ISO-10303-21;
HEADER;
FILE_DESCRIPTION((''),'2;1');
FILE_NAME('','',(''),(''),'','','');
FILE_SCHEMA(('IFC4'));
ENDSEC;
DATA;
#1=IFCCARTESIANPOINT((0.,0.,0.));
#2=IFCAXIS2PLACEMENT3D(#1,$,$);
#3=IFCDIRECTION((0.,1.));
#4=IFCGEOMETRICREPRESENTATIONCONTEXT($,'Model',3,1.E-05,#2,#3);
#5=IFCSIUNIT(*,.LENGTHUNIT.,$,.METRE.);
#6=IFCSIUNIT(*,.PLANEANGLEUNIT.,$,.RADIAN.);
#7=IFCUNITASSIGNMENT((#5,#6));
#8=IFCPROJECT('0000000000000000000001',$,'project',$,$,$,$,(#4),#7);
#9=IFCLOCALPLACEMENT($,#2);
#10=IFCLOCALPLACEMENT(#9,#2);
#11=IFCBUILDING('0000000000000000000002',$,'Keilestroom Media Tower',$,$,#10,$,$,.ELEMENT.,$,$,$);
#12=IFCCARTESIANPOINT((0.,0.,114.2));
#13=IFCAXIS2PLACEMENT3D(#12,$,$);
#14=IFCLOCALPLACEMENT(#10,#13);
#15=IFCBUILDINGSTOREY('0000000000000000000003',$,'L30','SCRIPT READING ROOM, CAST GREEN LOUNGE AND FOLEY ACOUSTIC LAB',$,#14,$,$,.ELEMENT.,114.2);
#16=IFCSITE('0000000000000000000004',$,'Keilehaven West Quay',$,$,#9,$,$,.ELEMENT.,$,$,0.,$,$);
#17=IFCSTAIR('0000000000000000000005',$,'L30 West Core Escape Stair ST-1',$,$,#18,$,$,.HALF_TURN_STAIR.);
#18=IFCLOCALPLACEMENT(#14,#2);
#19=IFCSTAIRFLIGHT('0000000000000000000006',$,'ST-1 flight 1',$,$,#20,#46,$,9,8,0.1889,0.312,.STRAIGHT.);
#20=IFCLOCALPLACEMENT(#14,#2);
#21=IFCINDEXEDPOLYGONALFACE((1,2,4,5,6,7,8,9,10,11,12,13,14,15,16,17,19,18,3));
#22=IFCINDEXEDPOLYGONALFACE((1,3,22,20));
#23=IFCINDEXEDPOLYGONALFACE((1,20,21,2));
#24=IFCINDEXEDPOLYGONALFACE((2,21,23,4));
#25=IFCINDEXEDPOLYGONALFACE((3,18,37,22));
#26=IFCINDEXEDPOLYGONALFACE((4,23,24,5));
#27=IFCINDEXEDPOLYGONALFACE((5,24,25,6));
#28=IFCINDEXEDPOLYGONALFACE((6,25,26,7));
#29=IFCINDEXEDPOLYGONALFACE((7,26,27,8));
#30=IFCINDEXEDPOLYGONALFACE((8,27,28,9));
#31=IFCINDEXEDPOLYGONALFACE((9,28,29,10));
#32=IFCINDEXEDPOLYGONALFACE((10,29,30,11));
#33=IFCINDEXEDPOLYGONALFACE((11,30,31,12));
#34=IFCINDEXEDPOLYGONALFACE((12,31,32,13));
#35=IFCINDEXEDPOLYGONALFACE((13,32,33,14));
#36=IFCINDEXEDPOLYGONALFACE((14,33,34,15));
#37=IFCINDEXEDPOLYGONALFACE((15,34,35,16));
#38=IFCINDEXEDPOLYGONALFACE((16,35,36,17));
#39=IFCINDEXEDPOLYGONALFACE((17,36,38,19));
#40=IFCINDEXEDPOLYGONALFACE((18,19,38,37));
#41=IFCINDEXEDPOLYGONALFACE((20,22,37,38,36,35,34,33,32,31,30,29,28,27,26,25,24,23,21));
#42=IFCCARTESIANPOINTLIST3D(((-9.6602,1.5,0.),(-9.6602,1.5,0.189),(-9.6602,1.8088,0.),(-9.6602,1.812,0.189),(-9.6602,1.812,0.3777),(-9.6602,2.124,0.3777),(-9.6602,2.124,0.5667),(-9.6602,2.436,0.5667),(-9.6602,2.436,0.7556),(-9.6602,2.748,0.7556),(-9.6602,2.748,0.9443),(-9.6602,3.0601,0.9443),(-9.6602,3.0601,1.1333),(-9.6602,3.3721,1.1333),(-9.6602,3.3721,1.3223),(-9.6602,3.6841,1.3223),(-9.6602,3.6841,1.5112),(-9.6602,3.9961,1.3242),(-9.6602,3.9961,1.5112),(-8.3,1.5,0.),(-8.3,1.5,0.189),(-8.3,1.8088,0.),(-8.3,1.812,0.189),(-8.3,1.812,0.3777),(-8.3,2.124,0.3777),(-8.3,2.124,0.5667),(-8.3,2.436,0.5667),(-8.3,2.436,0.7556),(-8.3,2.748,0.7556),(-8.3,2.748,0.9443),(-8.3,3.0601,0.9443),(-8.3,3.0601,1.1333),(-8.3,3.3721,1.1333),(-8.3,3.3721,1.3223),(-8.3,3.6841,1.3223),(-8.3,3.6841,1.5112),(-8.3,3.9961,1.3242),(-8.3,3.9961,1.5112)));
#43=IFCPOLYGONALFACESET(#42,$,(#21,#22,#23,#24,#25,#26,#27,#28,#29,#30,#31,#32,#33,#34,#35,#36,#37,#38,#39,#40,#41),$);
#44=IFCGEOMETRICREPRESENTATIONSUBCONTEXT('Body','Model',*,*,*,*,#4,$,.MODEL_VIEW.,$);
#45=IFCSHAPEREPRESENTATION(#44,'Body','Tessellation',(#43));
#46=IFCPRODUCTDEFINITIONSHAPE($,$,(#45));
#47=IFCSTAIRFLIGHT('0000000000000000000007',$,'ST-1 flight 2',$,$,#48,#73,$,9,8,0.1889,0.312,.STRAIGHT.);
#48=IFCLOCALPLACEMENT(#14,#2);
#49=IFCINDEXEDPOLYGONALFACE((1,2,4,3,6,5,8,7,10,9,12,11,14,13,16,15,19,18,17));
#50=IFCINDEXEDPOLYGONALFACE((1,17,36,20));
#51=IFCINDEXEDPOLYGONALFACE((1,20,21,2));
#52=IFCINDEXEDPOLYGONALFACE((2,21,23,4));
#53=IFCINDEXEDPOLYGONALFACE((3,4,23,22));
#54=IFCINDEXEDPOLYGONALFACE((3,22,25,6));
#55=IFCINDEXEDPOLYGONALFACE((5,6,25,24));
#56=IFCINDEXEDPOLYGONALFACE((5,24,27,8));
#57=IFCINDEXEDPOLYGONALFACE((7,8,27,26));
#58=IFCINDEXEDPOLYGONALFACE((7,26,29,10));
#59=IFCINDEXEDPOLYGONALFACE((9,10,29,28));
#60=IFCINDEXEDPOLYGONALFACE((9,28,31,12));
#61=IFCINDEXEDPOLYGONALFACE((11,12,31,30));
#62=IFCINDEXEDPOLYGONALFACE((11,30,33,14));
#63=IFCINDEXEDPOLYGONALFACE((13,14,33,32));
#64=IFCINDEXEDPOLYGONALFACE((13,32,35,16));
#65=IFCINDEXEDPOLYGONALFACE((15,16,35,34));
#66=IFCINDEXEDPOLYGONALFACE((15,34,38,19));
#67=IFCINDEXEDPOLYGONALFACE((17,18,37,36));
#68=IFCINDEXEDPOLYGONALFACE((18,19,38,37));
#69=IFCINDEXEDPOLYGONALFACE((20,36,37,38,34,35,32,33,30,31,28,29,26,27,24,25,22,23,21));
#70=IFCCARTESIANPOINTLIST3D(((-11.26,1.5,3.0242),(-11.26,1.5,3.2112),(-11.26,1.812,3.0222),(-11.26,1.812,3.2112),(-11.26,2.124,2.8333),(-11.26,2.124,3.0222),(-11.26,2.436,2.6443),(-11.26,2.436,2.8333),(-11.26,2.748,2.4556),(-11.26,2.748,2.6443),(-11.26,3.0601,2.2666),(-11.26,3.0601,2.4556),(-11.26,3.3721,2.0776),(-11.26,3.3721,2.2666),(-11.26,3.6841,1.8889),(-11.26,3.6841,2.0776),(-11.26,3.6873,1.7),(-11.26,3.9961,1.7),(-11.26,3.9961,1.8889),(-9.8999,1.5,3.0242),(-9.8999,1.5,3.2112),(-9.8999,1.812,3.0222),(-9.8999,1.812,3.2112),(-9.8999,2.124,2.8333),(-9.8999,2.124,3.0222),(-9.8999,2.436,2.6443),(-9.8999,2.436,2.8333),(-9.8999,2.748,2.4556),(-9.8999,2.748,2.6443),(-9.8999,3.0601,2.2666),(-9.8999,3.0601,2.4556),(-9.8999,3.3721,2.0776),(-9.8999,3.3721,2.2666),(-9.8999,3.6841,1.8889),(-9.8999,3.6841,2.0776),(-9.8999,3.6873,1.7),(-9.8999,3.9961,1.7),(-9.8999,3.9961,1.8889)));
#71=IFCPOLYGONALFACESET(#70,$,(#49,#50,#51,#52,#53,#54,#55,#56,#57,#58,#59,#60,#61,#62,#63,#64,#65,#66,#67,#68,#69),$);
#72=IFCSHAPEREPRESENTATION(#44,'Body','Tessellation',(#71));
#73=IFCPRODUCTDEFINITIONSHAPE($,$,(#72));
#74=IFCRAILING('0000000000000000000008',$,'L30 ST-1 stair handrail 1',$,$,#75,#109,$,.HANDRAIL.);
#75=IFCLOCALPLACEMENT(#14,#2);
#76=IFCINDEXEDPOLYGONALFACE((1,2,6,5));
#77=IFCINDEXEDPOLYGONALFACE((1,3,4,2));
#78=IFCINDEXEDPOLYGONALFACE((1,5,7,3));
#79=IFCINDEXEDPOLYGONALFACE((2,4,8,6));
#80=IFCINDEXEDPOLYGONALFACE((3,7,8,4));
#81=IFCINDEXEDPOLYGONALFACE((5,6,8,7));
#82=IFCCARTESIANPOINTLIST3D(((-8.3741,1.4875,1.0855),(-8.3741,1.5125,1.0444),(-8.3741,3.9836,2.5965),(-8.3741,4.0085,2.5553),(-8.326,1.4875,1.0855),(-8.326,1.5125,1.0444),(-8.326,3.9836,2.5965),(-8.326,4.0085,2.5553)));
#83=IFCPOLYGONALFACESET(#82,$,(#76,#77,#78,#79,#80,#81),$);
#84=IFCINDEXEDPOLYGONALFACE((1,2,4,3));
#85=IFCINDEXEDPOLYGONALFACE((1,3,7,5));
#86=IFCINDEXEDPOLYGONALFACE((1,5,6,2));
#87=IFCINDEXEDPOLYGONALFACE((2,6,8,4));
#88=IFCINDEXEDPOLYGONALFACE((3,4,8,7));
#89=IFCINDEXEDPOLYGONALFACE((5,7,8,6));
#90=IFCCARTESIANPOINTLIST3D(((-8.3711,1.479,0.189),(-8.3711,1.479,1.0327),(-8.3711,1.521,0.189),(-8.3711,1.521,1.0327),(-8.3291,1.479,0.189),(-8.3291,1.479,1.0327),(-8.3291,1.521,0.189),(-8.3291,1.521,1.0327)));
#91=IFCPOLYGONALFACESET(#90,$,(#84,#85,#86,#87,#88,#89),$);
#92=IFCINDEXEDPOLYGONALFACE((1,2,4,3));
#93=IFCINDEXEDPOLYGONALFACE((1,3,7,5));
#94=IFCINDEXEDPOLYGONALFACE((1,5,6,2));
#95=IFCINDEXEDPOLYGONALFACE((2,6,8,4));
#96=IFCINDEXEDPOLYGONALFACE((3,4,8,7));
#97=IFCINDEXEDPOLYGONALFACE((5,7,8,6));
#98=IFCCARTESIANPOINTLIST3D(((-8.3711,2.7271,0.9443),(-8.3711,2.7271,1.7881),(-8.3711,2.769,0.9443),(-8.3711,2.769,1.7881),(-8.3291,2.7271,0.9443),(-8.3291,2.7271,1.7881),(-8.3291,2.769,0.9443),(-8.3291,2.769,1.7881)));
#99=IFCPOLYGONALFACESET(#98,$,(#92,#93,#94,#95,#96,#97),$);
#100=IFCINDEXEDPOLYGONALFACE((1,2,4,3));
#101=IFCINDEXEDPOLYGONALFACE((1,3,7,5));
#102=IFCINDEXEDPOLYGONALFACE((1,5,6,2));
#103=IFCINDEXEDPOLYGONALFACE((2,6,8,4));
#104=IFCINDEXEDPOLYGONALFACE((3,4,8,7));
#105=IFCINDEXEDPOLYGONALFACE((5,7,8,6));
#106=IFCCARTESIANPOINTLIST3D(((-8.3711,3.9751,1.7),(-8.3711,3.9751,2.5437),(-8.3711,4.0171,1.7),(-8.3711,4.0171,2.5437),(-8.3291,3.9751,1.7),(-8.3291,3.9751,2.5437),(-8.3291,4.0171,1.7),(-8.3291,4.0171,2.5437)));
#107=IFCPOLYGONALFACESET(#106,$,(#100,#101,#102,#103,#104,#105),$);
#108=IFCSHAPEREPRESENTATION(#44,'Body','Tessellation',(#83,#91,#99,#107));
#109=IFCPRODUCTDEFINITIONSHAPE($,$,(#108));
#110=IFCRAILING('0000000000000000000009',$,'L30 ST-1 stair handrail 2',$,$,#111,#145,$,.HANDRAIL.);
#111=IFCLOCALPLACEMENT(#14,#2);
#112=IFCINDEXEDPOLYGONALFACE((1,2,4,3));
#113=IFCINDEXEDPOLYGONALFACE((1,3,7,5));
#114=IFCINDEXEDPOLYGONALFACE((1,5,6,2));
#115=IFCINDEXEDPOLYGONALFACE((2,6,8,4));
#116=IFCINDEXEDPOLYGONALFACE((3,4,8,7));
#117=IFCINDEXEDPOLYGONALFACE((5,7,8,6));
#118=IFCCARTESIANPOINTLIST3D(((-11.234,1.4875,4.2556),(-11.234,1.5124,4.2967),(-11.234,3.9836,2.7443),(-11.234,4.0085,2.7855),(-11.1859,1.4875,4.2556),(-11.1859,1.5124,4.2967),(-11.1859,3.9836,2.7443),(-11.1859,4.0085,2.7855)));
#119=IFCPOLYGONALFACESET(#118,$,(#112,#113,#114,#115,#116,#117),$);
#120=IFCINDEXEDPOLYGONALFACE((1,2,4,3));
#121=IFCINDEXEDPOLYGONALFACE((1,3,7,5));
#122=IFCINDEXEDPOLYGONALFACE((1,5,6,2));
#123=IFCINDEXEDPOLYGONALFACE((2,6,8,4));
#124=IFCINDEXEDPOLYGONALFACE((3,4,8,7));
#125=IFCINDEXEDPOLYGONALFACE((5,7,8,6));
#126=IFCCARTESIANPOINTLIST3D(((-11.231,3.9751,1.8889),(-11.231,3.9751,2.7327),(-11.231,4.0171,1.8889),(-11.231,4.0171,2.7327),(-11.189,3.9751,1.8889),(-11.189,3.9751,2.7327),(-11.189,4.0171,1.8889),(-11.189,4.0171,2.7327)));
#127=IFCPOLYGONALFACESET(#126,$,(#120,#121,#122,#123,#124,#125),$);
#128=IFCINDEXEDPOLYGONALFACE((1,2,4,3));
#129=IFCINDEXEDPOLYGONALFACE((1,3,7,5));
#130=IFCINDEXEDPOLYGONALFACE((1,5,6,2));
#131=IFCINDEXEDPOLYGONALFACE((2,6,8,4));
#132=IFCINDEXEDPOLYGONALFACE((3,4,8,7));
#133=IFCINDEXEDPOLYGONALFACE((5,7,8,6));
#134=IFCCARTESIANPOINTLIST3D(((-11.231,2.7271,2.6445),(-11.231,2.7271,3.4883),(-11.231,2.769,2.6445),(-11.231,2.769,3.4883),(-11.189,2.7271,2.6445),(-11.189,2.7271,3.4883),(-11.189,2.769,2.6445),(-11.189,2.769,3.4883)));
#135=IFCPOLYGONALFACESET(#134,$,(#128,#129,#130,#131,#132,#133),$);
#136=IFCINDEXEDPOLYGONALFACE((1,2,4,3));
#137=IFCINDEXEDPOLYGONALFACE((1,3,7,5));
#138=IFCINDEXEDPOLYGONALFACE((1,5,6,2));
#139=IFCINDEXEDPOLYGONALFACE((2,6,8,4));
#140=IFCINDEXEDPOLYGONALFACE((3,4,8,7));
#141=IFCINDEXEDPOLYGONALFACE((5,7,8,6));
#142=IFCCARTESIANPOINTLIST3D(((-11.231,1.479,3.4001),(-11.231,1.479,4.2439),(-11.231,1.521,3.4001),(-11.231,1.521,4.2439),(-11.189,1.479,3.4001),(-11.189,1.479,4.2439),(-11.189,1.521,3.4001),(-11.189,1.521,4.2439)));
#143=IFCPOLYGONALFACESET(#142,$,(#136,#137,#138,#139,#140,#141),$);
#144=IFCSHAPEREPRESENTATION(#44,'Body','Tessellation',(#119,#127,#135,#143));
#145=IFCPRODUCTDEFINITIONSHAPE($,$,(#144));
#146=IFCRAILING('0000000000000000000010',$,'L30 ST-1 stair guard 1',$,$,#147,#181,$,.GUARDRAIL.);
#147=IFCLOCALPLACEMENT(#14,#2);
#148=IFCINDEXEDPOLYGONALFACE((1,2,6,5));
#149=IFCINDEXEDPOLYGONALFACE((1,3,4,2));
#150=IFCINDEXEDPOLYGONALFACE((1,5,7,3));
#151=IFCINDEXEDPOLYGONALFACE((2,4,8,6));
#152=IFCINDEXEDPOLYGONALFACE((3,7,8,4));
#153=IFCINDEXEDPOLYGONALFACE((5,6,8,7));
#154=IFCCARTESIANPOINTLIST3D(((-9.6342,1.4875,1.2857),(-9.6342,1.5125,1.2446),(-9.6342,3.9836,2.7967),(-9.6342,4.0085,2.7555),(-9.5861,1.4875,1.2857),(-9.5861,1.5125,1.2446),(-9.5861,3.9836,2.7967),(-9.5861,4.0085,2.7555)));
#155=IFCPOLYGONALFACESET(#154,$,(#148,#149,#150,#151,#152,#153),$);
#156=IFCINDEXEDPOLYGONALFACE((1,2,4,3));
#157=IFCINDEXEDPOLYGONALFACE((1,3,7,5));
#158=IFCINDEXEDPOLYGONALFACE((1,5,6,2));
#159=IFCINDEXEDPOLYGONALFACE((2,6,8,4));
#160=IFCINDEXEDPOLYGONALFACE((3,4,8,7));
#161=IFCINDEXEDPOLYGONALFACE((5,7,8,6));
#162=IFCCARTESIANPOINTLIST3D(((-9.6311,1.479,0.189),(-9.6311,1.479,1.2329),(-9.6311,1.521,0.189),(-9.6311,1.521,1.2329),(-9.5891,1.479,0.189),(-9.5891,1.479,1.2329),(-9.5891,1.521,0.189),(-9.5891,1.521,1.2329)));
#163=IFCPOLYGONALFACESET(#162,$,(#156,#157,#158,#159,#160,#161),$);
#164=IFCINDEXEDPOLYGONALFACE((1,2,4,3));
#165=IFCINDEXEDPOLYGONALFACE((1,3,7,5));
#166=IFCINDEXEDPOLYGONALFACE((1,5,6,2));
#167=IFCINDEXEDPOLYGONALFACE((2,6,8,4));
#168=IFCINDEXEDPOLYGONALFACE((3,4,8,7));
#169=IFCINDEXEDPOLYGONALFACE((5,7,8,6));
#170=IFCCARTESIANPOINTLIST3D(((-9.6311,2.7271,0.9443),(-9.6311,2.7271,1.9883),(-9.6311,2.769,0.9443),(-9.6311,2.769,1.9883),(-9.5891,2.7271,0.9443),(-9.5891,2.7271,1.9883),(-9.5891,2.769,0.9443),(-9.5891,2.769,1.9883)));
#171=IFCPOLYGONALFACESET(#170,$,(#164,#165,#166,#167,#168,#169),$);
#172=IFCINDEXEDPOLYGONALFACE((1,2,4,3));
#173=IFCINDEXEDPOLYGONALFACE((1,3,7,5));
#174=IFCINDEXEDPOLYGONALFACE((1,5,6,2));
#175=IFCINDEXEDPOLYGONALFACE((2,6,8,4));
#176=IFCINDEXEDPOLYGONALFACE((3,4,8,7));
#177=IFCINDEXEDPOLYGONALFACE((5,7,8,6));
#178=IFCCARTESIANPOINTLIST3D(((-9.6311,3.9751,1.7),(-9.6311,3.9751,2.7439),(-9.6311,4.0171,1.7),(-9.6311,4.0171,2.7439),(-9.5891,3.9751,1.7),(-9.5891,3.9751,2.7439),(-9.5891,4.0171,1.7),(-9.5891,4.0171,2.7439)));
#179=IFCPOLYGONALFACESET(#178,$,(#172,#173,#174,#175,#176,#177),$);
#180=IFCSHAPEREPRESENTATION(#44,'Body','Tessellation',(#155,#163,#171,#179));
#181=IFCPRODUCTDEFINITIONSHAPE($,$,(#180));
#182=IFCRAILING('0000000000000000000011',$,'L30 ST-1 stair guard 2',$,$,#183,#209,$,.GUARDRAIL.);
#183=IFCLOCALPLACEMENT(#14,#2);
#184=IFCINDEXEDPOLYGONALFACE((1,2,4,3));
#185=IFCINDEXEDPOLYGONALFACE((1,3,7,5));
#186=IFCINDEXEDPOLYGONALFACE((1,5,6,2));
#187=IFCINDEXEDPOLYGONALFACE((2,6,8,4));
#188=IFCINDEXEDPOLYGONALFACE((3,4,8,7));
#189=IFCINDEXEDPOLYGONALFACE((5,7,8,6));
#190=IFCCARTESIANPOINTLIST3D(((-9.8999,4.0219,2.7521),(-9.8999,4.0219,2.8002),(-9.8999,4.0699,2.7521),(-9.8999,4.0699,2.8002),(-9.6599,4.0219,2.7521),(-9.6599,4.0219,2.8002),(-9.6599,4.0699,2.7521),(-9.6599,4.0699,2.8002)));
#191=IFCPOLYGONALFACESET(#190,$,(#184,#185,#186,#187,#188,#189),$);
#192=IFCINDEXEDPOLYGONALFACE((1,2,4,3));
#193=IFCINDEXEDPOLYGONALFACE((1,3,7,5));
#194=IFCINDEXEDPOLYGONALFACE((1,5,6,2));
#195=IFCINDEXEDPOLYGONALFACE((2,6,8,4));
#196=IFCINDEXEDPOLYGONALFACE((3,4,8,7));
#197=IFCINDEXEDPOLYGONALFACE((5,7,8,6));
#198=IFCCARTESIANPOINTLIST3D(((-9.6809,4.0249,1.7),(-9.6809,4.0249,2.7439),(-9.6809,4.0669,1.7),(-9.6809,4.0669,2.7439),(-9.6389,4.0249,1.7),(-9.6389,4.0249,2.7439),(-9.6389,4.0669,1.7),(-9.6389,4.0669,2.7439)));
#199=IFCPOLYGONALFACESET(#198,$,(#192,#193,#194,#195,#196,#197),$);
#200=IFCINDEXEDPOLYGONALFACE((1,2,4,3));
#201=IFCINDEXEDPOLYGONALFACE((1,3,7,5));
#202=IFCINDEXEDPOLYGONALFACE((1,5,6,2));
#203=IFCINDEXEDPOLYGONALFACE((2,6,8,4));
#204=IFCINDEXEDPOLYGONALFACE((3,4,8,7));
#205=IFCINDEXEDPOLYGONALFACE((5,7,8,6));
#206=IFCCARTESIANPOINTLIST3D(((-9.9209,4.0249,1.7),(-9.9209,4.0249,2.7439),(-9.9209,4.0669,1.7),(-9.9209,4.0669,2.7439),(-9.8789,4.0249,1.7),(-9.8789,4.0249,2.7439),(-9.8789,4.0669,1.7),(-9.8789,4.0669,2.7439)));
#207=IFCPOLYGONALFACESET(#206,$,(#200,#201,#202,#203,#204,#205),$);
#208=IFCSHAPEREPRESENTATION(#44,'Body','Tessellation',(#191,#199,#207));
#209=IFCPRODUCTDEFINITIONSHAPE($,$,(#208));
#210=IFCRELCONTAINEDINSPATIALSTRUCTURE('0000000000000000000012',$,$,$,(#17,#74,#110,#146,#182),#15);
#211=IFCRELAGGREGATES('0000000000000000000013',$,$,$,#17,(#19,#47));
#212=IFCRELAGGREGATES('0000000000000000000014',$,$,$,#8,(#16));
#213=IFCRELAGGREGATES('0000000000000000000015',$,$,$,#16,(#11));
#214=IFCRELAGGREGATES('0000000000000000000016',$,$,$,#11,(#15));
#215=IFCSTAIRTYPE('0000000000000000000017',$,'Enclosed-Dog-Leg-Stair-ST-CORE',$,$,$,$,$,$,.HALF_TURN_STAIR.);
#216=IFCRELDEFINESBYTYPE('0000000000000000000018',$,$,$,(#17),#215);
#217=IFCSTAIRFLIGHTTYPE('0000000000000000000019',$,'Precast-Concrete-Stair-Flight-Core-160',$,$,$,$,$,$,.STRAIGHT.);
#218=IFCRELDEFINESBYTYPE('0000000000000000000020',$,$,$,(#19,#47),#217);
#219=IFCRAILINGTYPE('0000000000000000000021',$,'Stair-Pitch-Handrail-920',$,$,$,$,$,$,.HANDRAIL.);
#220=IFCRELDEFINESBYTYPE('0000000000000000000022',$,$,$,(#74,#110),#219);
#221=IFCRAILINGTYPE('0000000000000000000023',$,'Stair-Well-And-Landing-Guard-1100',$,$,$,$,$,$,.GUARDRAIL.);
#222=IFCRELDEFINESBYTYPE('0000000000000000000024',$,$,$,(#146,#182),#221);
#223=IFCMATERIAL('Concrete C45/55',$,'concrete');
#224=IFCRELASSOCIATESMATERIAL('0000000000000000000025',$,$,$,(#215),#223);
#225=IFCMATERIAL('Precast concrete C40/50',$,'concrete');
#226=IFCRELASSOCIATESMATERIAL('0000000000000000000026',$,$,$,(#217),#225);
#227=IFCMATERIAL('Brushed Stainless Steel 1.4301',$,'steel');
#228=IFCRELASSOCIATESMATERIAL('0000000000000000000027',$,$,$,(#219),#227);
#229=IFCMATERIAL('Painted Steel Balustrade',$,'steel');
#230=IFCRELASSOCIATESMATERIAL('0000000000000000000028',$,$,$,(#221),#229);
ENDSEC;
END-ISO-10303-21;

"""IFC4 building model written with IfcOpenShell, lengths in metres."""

from ifc_helpers import new_model, si_unit, direction, frame, origin, origin_2d, place, context, subcontext, project, spatial, polyline, rectangle, outline, extrude, material, type_object, element, aggregate, save


model = new_model("IFC4")

# Units and contexts
model_context = context("Model", 3, precision=1e-05, world=origin(), true_north=direction((0.0, 1.0)))
body_context = subcontext(model_context, "Body", "Model", "MODEL_VIEW")
ifc_project = project(units=[si_unit("LENGTHUNIT", "METRE"), si_unit("PLANEANGLEUNIT", "RADIAN")], contexts=[model_context])

# Site, building, storey
site_placement = place(None, origin())
site = spatial("IfcSite", under=ifc_project, at=site_placement, Name="Keilehaven West Quay", CompositionType="ELEMENT", RefElevation=0.0)
building_placement = place(site_placement, origin())
building = spatial("IfcBuilding", under=site, at=building_placement, Name="Keilestroom Media Tower", CompositionType="ELEMENT")
storey_placement = place(building_placement, frame((0.0, 0.0, 114.2)))
storey = spatial("IfcBuildingStorey", under=building, at=storey_placement, Name="L30", Description="SCRIPT READING ROOM, CAST GREEN LOUNGE AND FOLEY ACOUSTIC LAB", CompositionType="ELEMENT", Elevation=114.2)

# Stair
ifc_material_1 = material(Name="Concrete C45/55", Category="concrete")
stair_type = type_object("IfcStairType", Name="Enclosed-Dog-Leg-Stair-ST-CORE", PredefinedType="HALF_TURN_STAIR", material=ifc_material_1)
stair_1_placement = place(storey_placement, origin())
stair_1 = element("IfcStair", 1, at=stair_1_placement, inside=storey, type_object=stair_type, Name="L30 West Core Escape Stair ST-1", PredefinedType="HALF_TURN_STAIR")

# Shared definitions
ifc_material_2 = material(Name="Precast concrete C40/50", Category="concrete")

# Stair flights
stair_flight_type = type_object("IfcStairFlightType", Name="Precast-Concrete-Stair-Flight-Core-160", PredefinedType="STRAIGHT", material=ifc_material_2)
stair_flight_1_placement = place(storey_placement, frame((-8.98, 1.5, 0.0), z_axis=(0.0, 0.0, 1.0), x_axis=(0.0, 1.0, 0.0)))
stair_flight_1 = element("IfcStairFlight", 2, at=stair_flight_1_placement, type_object=stair_flight_type, Name="ST-1 flight 1", NumberOfRisers=9, NumberOfTreads=8, PredefinedType="STRAIGHT", RiserHeight=0.1889, TreadLength=0.312, context=body_context, shape_type="SweptSolid", body=[
    extrude(outline(polyline([(0.0, 0.0), (0.0, 0.189), (0.312, 0.189), (0.312, 0.3777), (0.624, 0.3777), (0.624, 0.5667), (0.936, 0.5667), (0.936, 0.7556), (1.248, 0.7556), (1.248, 0.9443), (1.5601, 0.9443), (1.5601, 1.1333), (1.8721, 1.1333), (1.8721, 1.3223), (2.1841, 1.3223), (2.1841, 1.5112), (2.4961, 1.5112), (2.4961, 1.7), (2.4961, 1.3242), (0.3088, 0.0), (0.0, 0.0)])), frame((0.0, 0.6802, 0.0), z_axis=(0.0, -1.0, 0.0), x_axis=(1.0, 0.0, 0.0)), (0.0, 0.0, 1.0), 1.3601),
])
stair_flight_2_placement = place(storey_placement, frame((-10.5801, 3.9961, 1.7), z_axis=(0.0, 0.0, 1.0), x_axis=(0.0, -1.0, 0.0)))
stair_flight_2 = element("IfcStairFlight", 3, at=stair_flight_2_placement, type_object=stair_flight_type, Name="ST-1 flight 2", NumberOfRisers=9, NumberOfTreads=8, PredefinedType="STRAIGHT", RiserHeight=0.1889, TreadLength=0.312, context=body_context, shape_type="SweptSolid", body=[
    extrude(outline(polyline([(0.0, 0.0), (0.0, 0.189), (0.312, 0.189), (0.312, 0.3777), (0.624, 0.3777), (0.624, 0.5667), (0.936, 0.5667), (0.936, 0.7556), (1.248, 0.7556), (1.248, 0.9443), (1.5601, 0.9443), (1.5601, 1.1333), (1.8721, 1.1333), (1.8721, 1.3223), (2.1841, 1.3223), (2.1841, 1.5112), (2.4961, 1.5112), (2.4961, 1.7), (2.4961, 1.3242), (0.3088, 0.0), (0.0, 0.0)])), frame((0.0, 0.6802, 0.0), z_axis=(0.0, -1.0, 0.0), x_axis=(1.0, 0.0, 0.0)), (0.0, 0.0, 1.0), 1.3601),
])
aggregate(stair_1, [stair_flight_1, stair_flight_2])

# Railings
ifc_material_3 = material(Name="Brushed Stainless Steel 1.4301", Category="steel")
railing_type_1 = type_object("IfcRailingType", Name="Stair-Pitch-Handrail-920", PredefinedType="HANDRAIL", material=ifc_material_3)
railing_1_placement = place(storey_placement, frame((-8.3501, 1.5, 0.189)))
element("IfcRailing", 4, at=railing_1_placement, inside=storey, type_object=railing_type_1, Name="L30 ST-1 stair handrail 1", PredefinedType="HANDRAIL", context=body_context, shape_type="SweptSolid", body=[
    extrude(rectangle(XDim=0.0481, YDim=0.0481, at=origin_2d()), frame((0.0, 0.0, 0.876), z_axis=(0.0, 0.855471, 0.517851), x_axis=(-1.0, 0.0, 0.0)), (0.0, 0.0, 1.0), 2.9177),
    extrude(rectangle(XDim=0.042, YDim=0.042, at=origin_2d()), origin(), (0.0, 0.0, 1.0), 0.8438),
    extrude(rectangle(XDim=0.042, YDim=0.042, at=origin_2d()), frame((0.0, 1.248, 0.7554)), (0.0, 0.0, 1.0), 0.8438),
    extrude(rectangle(XDim=0.042, YDim=0.042, at=origin_2d()), frame((0.0, 2.4961, 1.511)), (0.0, 0.0, 1.0), 0.8438),
])
railing_2_placement = place(storey_placement, frame((-11.21, 3.9961, 1.8889)))
element("IfcRailing", 5, at=railing_2_placement, inside=storey, type_object=railing_type_1, Name="L30 ST-1 stair handrail 2", PredefinedType="HANDRAIL", context=body_context, shape_type="SweptSolid", body=[
    extrude(rectangle(XDim=0.0481, YDim=0.0481, at=origin_2d()), frame((0.0, 0.0, 0.876), z_axis=(0.0, -0.855434, 0.517912), x_axis=(1.0, 0.0, 0.0)), (0.0, 0.0, 1.0), 2.918),
    extrude(rectangle(XDim=0.042, YDim=0.042, at=origin_2d()), origin(), (0.0, 0.0, 1.0), 0.8438),
    extrude(rectangle(XDim=0.042, YDim=0.042, at=origin_2d()), frame((0.0, -1.248, 0.7556)), (0.0, 0.0, 1.0), 0.8438),
    extrude(rectangle(XDim=0.042, YDim=0.042, at=origin_2d()), frame((0.0, -2.4961, 1.5112)), (0.0, 0.0, 1.0), 0.8438),
])
ifc_material_4 = material(Name="Painted Steel Balustrade", Category="steel")
railing_type_2 = type_object("IfcRailingType", Name="Stair-Well-And-Landing-Guard-1100", PredefinedType="GUARDRAIL", material=ifc_material_4)
railing_3_placement = place(storey_placement, frame((-9.6101, 1.5, 0.189)))
element("IfcRailing", 6, at=railing_3_placement, inside=storey, type_object=railing_type_2, Name="L30 ST-1 stair guard 1", PredefinedType="GUARDRAIL", context=body_context, shape_type="SweptSolid", body=[
    extrude(rectangle(XDim=0.0481, YDim=0.0481, at=origin_2d()), frame((0.0, 0.0, 1.0762), z_axis=(0.0, 0.855471, 0.517851), x_axis=(-1.0, 0.0, 0.0)), (0.0, 0.0, 1.0), 2.9177),
    extrude(rectangle(XDim=0.042, YDim=0.042, at=origin_2d()), origin(), (0.0, 0.0, 1.0), 1.0439),
    extrude(rectangle(XDim=0.042, YDim=0.042, at=origin_2d()), frame((0.0, 1.248, 0.7554)), (0.0, 0.0, 1.0), 1.0439),
    extrude(rectangle(XDim=0.042, YDim=0.042, at=origin_2d()), frame((0.0, 2.4961, 1.511)), (0.0, 0.0, 1.0), 1.0439),
])
railing_4_placement = place(storey_placement, frame((-9.6599, 4.0459, 1.7)))
element("IfcRailing", 7, at=railing_4_placement, inside=storey, type_object=railing_type_2, Name="L30 ST-1 stair guard 2", PredefinedType="GUARDRAIL", context=body_context, shape_type="SweptSolid", body=[
    extrude(rectangle(XDim=0.0481, YDim=0.0481, at=origin_2d()), frame((0.0, 0.0, 1.0762), z_axis=(-1.0, 0.0, 0.0), x_axis=(0.0, -1.0, 0.0)), (0.0, 0.0, 1.0), 0.24),
    extrude(rectangle(XDim=0.042, YDim=0.042, at=origin_2d()), origin(), (0.0, 0.0, 1.0), 1.0439),
    extrude(rectangle(XDim=0.042, YDim=0.042, at=origin_2d()), frame((-0.24, 0.0, 0.0)), (0.0, 0.0, 1.0), 1.0439),
])

save(model, "model.ifc")
